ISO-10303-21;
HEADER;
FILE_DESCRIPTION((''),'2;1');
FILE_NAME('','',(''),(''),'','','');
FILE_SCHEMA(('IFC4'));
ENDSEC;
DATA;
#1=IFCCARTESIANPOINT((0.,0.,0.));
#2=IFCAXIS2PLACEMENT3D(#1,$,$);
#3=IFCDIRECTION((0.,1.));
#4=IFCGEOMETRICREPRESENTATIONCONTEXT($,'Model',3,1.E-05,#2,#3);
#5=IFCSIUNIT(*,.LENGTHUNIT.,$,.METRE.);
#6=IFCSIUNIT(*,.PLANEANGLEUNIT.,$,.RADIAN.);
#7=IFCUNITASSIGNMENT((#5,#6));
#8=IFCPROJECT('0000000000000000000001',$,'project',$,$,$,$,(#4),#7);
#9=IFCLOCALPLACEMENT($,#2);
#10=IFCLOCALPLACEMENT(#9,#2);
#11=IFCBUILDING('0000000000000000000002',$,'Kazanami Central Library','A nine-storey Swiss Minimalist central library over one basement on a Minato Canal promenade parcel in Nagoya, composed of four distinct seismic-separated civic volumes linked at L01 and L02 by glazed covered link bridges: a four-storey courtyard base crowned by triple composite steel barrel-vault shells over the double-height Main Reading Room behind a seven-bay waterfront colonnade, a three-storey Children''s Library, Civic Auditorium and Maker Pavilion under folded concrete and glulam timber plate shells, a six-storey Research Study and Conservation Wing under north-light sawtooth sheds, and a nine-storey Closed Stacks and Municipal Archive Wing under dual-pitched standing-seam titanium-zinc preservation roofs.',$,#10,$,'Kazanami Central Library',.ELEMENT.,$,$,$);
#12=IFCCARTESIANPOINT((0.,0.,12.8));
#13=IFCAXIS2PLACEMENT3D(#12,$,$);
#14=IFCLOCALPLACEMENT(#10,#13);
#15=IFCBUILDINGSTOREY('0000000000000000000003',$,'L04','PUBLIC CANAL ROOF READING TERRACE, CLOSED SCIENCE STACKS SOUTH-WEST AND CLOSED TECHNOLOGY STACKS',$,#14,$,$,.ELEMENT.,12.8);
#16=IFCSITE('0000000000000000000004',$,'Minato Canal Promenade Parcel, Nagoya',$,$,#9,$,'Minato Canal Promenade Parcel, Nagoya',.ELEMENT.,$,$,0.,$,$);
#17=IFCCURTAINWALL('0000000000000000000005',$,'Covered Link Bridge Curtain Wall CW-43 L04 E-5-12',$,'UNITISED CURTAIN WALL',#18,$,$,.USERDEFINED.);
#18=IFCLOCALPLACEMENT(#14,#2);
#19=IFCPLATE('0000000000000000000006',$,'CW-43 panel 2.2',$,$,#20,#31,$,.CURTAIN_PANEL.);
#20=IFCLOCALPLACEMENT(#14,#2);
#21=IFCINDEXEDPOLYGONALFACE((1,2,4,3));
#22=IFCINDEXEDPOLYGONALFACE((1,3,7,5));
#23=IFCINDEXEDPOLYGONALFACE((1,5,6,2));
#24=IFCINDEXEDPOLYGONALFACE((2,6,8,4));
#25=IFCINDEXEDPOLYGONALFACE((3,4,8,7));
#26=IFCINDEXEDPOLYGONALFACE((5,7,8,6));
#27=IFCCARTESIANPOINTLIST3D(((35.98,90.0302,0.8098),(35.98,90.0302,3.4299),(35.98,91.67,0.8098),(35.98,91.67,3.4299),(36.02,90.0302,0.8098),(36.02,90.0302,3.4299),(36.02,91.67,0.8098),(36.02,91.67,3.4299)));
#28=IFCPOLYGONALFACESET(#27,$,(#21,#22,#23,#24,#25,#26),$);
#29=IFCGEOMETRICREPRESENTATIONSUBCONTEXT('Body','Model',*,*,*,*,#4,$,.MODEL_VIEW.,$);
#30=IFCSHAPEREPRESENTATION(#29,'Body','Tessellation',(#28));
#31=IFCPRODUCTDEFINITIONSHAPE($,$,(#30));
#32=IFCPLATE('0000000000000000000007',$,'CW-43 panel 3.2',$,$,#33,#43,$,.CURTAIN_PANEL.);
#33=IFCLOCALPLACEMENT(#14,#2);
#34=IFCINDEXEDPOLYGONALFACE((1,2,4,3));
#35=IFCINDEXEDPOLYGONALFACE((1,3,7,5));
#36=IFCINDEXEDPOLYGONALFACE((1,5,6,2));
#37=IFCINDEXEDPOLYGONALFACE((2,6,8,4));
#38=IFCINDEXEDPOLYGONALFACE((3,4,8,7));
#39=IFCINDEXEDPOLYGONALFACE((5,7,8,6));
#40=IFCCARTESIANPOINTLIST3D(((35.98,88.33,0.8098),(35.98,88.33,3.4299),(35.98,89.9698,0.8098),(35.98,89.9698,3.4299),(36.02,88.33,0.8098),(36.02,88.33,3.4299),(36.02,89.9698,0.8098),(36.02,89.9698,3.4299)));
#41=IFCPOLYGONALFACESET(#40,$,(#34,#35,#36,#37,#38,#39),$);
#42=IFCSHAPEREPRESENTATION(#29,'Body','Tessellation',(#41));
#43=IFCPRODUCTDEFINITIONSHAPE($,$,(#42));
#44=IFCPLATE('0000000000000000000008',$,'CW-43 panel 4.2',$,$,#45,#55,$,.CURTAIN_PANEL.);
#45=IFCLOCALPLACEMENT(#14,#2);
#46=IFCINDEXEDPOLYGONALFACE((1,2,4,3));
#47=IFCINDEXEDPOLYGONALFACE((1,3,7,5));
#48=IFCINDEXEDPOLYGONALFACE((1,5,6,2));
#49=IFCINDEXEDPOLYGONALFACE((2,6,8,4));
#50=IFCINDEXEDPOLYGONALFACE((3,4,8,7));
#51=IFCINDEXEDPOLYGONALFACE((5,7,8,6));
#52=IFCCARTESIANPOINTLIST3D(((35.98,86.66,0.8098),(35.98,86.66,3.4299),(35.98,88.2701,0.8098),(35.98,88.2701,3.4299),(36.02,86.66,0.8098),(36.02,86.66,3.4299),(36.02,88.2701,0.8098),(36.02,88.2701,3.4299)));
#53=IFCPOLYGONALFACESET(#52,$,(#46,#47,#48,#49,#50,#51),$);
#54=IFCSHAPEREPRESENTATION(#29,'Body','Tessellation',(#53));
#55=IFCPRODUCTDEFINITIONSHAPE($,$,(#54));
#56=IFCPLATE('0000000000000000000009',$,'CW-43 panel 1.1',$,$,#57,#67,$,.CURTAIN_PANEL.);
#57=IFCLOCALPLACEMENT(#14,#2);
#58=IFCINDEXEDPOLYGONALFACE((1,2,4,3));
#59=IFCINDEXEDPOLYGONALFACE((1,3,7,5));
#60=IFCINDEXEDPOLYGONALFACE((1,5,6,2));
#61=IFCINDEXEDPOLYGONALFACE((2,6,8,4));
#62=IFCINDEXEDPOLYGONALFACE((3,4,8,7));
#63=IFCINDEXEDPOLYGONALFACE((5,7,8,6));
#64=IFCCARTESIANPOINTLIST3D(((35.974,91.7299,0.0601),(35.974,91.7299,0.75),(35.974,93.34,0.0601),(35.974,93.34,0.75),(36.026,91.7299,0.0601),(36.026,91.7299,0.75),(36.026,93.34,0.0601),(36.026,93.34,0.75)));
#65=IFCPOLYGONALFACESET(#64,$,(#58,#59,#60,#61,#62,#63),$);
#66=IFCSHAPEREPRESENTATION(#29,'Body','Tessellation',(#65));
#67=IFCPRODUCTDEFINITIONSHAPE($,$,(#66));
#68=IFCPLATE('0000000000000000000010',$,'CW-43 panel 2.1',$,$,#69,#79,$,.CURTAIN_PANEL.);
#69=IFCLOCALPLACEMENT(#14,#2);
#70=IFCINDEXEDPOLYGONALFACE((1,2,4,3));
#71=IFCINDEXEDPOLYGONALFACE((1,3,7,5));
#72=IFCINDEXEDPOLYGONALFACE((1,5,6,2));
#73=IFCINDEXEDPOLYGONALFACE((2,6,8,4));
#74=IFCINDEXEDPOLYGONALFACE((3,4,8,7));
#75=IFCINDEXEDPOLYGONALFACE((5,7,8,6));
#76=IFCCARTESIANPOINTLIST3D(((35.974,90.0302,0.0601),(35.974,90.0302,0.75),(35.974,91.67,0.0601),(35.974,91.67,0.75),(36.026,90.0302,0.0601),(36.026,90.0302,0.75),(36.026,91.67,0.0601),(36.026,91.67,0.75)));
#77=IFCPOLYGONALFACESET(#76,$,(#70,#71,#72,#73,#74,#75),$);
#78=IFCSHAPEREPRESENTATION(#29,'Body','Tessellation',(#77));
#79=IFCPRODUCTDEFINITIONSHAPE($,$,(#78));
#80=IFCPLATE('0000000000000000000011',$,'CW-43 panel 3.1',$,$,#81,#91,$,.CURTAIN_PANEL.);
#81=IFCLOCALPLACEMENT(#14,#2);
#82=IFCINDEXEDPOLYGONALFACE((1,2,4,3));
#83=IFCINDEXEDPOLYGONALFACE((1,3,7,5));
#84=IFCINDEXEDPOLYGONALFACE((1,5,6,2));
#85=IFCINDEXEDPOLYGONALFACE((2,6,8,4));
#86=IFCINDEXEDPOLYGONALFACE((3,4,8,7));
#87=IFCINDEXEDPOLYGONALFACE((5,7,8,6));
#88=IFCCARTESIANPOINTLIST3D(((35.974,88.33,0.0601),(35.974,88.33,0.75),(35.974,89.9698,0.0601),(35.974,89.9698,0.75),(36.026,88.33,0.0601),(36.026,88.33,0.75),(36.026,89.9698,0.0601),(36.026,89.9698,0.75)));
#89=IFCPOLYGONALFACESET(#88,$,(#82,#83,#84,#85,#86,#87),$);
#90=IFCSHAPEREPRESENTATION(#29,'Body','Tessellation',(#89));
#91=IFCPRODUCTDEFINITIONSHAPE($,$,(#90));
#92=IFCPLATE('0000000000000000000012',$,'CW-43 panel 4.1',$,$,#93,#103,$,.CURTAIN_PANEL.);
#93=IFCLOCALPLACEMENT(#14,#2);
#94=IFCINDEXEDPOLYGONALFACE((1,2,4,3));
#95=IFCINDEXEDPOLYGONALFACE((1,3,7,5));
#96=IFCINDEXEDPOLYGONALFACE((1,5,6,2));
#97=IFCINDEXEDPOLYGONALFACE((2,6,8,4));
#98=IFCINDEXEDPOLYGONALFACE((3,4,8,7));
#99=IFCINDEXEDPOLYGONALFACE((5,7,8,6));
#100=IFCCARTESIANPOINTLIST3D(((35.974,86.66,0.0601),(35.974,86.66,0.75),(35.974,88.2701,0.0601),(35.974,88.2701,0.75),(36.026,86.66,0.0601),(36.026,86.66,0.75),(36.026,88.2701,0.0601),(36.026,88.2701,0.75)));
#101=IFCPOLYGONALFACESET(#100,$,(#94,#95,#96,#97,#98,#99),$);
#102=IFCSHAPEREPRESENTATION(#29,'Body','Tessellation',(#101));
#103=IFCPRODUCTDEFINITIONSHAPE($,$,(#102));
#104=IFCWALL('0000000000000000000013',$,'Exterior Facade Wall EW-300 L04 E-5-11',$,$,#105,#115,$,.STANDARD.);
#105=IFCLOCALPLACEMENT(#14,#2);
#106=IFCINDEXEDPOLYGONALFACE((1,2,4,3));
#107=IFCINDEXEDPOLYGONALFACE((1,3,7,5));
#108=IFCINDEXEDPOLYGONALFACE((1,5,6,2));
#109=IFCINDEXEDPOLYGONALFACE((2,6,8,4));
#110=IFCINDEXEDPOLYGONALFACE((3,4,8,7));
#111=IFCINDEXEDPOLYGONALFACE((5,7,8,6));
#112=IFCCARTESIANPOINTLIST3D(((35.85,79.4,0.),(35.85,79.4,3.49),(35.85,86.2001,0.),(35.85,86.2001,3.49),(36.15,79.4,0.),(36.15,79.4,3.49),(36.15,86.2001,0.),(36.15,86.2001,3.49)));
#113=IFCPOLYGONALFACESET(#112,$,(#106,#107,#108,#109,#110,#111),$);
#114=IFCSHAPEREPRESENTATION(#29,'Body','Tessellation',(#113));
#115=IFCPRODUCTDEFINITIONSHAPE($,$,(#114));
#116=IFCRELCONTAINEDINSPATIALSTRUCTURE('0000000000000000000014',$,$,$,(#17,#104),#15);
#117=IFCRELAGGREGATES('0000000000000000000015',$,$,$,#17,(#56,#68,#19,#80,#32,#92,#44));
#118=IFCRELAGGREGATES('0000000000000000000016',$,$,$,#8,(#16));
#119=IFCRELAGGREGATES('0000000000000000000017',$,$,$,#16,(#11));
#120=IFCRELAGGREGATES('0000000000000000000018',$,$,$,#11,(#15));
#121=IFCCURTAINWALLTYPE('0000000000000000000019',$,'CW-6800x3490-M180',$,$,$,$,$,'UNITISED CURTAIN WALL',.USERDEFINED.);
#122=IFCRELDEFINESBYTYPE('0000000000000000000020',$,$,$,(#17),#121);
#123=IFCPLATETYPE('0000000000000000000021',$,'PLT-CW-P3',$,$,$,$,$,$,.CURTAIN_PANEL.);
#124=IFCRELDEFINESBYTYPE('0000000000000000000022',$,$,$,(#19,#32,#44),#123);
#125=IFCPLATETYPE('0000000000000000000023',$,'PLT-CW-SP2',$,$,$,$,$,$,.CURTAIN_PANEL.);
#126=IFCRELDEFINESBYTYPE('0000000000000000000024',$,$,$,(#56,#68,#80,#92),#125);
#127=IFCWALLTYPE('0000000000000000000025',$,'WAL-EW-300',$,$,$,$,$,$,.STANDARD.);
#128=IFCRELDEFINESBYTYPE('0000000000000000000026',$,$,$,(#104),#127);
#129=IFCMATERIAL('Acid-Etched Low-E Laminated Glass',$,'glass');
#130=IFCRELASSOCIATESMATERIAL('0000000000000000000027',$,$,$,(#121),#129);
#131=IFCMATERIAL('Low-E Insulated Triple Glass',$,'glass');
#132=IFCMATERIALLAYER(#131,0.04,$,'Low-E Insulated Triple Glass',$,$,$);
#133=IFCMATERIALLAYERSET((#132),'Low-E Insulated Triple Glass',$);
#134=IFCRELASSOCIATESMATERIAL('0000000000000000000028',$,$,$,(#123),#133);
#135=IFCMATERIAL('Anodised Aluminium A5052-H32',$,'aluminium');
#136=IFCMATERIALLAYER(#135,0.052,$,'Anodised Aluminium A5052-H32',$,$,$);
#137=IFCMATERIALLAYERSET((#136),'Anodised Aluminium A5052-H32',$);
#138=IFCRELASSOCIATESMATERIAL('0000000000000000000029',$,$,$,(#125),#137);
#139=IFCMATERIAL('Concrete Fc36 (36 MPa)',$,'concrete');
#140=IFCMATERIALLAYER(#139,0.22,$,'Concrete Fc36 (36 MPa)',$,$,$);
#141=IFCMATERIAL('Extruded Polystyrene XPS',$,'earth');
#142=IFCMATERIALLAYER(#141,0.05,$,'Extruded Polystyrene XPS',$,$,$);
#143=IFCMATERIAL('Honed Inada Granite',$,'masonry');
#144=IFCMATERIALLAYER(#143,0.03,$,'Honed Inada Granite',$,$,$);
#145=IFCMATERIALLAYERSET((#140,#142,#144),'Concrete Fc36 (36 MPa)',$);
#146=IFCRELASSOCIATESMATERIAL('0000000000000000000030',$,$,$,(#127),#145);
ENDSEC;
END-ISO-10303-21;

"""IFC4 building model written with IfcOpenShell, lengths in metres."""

from ifc_helpers import new_model, si_unit, direction, frame, frame_2d, origin, origin_2d, place, context, subcontext, project, spatial, rectangle, extrude, material, layer, layer_set, type_object, element, aggregate, save


model = new_model("IFC4")

# Units and contexts
model_context = context("Model", 3, precision=1e-05, world=origin(), true_north=direction((0.0, 1.0)))
body_context = subcontext(model_context, "Body", "Model", "MODEL_VIEW")
ifc_project = project(units=[si_unit("LENGTHUNIT", "METRE"), si_unit("PLANEANGLEUNIT", "RADIAN")], contexts=[model_context])

# Site, building, storey
site_placement = place(None, origin())
site = spatial("IfcSite", under=ifc_project, at=site_placement, Name="Minato Canal Promenade Parcel, Nagoya", LongName="Minato Canal Promenade Parcel, Nagoya", CompositionType="ELEMENT", RefElevation=0.0)
building_placement = place(site_placement, origin())
building = spatial("IfcBuilding", under=site, at=building_placement, Name="Kazanami Central Library", Description="A nine-storey Swiss Minimalist central library over one basement on a Minato Canal promenade parcel in Nagoya, composed of four distinct seismic-separated civic volumes linked at L01 and L02 by glazed covered link bridges: a four-storey courtyard base crowned by triple composite steel barrel-vault shells over the double-height Main Reading Room behind a seven-bay waterfront colonnade, a three-storey Children's Library, Civic Auditorium and Maker Pavilion under folded concrete and glulam timber plate shells, a six-storey Research Study and Conservation Wing under north-light sawtooth sheds, and a nine-storey Closed Stacks and Municipal Archive Wing under dual-pitched standing-seam titanium-zinc preservation roofs.", LongName="Kazanami Central Library", CompositionType="ELEMENT")
storey_placement = place(building_placement, frame((0.0, 0.0, 12.8)))
storey = spatial("IfcBuildingStorey", under=building, at=storey_placement, Name="L04", Description="PUBLIC CANAL ROOF READING TERRACE, CLOSED SCIENCE STACKS SOUTH-WEST AND CLOSED TECHNOLOGY STACKS", CompositionType="ELEMENT", Elevation=12.8)

# Curtain wall, plates
ifc_material_1 = material(Name="Acid-Etched Low-E Laminated Glass", Category="glass")
curtain_wall_type = type_object("IfcCurtainWallType", Name="CW-6800x3490-M180", ElementType="UNITISED CURTAIN WALL", PredefinedType="USERDEFINED", material=ifc_material_1)
curtain_wall_placement = place(storey_placement, origin())
curtain_wall = element("IfcCurtainWall", 1, at=curtain_wall_placement, inside=storey, type_object=curtain_wall_type, Name="Covered Link Bridge Curtain Wall CW-43 L04 E-5-12", ObjectType="UNITISED CURTAIN WALL", PredefinedType="USERDEFINED")
ifc_material_2 = material(Name="Low-E Insulated Triple Glass", Category="glass")
ifc_layer_1 = layer(ifc_material_2, 0.04, Name="Low-E Insulated Triple Glass")
ifc_layer_set_1 = layer_set([ifc_layer_1], Name="Low-E Insulated Triple Glass")
plate_type_1 = type_object("IfcPlateType", Name="PLT-CW-P3", PredefinedType="CURTAIN_PANEL", material=ifc_layer_set_1)
plate_1_placement = place(storey_placement, frame((36.0, 90.8501, 0.8098), z_axis=(0.0, 0.0, 1.0), x_axis=(0.0, -1.0, 0.0)))
plate_1 = element("IfcPlate", 2, at=plate_1_placement, type_object=plate_type_1, Name="CW-43 panel 2.2", PredefinedType="CURTAIN_PANEL", context=body_context, shape_type="SweptSolid", body=[
    extrude(rectangle(XDim=1.6399, YDim=0.04, at=origin_2d()), origin(), (0.0, 0.0, 1.0), 2.6201),
])
plate_2_placement = place(storey_placement, frame((36.0, 89.1499, 0.8098), z_axis=(0.0, 0.0, 1.0), x_axis=(0.0, -1.0, 0.0)))
plate_2 = element("IfcPlate", 3, at=plate_2_placement, type_object=plate_type_1, Name="CW-43 panel 3.2", PredefinedType="CURTAIN_PANEL", context=body_context, shape_type="SweptSolid", body=[
    extrude(rectangle(XDim=1.6399, YDim=0.04, at=origin_2d()), origin(), (0.0, 0.0, 1.0), 2.6201),
])
plate_3_placement = place(storey_placement, frame((36.0, 87.4651, 0.8098), z_axis=(0.0, 0.0, 1.0), x_axis=(0.0, -1.0, 0.0)))
plate_3 = element("IfcPlate", 4, at=plate_3_placement, type_object=plate_type_1, Name="CW-43 panel 4.2", PredefinedType="CURTAIN_PANEL", context=body_context, shape_type="SweptSolid", body=[
    extrude(rectangle(XDim=1.6101, YDim=0.04, at=origin_2d()), origin(), (0.0, 0.0, 1.0), 2.6201),
])
ifc_material_3 = material(Name="Anodised Aluminium A5052-H32", Category="aluminium")
ifc_layer_2 = layer(ifc_material_3, 0.052, Name="Anodised Aluminium A5052-H32")
ifc_layer_set_2 = layer_set([ifc_layer_2], Name="Anodised Aluminium A5052-H32")
plate_type_2 = type_object("IfcPlateType", Name="PLT-CW-SP2", PredefinedType="CURTAIN_PANEL", material=ifc_layer_set_2)
plate_4_placement = place(storey_placement, frame((36.0, 92.5349, 0.0601), z_axis=(0.0, 0.0, 1.0), x_axis=(0.0, -1.0, 0.0)))
plate_4 = element("IfcPlate", 5, at=plate_4_placement, type_object=plate_type_2, Name="CW-43 panel 1.1", PredefinedType="CURTAIN_PANEL", context=body_context, shape_type="SweptSolid", body=[
    extrude(rectangle(XDim=1.6101, YDim=0.052, at=origin_2d()), origin(), (0.0, 0.0, 1.0), 0.6899),
])
plate_5_placement = place(storey_placement, frame((36.0, 90.8501, 0.0601), z_axis=(0.0, 0.0, 1.0), x_axis=(0.0, -1.0, 0.0)))
plate_5 = element("IfcPlate", 6, at=plate_5_placement, type_object=plate_type_2, Name="CW-43 panel 2.1", PredefinedType="CURTAIN_PANEL", context=body_context, shape_type="SweptSolid", body=[
    extrude(rectangle(XDim=1.6399, YDim=0.052, at=origin_2d()), origin(), (0.0, 0.0, 1.0), 0.6899),
])
plate_6_placement = place(storey_placement, frame((36.0, 89.1499, 0.0601), z_axis=(0.0, 0.0, 1.0), x_axis=(0.0, -1.0, 0.0)))
plate_6 = element("IfcPlate", 7, at=plate_6_placement, type_object=plate_type_2, Name="CW-43 panel 3.1", PredefinedType="CURTAIN_PANEL", context=body_context, shape_type="SweptSolid", body=[
    extrude(rectangle(XDim=1.6399, YDim=0.052, at=origin_2d()), origin(), (0.0, 0.0, 1.0), 0.6899),
])
plate_7_placement = place(storey_placement, frame((36.0, 87.4651, 0.0601), z_axis=(0.0, 0.0, 1.0), x_axis=(0.0, -1.0, 0.0)))
plate_7 = element("IfcPlate", 8, at=plate_7_placement, type_object=plate_type_2, Name="CW-43 panel 4.1", PredefinedType="CURTAIN_PANEL", context=body_context, shape_type="SweptSolid", body=[
    extrude(rectangle(XDim=1.6101, YDim=0.052, at=origin_2d()), origin(), (0.0, 0.0, 1.0), 0.6899),
])
aggregate(curtain_wall, [plate_4, plate_5, plate_1, plate_6, plate_2, plate_7, plate_3])

# Wall
ifc_material_4 = material(Name="Concrete Fc36 (36 MPa)", Category="concrete")
ifc_layer_3 = layer(ifc_material_4, 0.22, Name="Concrete Fc36 (36 MPa)")
ifc_material_5 = material(Name="Extruded Polystyrene XPS", Category="earth")
ifc_layer_4 = layer(ifc_material_5, 0.05, Name="Extruded Polystyrene XPS")
ifc_material_6 = material(Name="Honed Inada Granite", Category="masonry")
ifc_layer_5 = layer(ifc_material_6, 0.03, Name="Honed Inada Granite")
ifc_layer_set_3 = layer_set([ifc_layer_3, ifc_layer_4, ifc_layer_5], Name="Concrete Fc36 (36 MPa)")
wall_type = type_object("IfcWallType", Name="WAL-EW-300", PredefinedType="STANDARD", material=ifc_layer_set_3)
wall_placement = place(storey_placement, frame((36.0, 86.2, 0.0), z_axis=(0.0, 0.0, 1.0), x_axis=(0.0, -1.0, 0.0)))
element("IfcWall", 9, at=wall_placement, inside=storey, type_object=wall_type, Name="Exterior Facade Wall EW-300 L04 E-5-11", PredefinedType="STANDARD", context=body_context, shape_type="SweptSolid", body=[
    extrude(rectangle(XDim=6.8, YDim=0.3, at=frame_2d((3.3999, 0.0))), origin(), (0.0, 0.0, 1.0), 3.49),
])

save(model, "model.ifc")
